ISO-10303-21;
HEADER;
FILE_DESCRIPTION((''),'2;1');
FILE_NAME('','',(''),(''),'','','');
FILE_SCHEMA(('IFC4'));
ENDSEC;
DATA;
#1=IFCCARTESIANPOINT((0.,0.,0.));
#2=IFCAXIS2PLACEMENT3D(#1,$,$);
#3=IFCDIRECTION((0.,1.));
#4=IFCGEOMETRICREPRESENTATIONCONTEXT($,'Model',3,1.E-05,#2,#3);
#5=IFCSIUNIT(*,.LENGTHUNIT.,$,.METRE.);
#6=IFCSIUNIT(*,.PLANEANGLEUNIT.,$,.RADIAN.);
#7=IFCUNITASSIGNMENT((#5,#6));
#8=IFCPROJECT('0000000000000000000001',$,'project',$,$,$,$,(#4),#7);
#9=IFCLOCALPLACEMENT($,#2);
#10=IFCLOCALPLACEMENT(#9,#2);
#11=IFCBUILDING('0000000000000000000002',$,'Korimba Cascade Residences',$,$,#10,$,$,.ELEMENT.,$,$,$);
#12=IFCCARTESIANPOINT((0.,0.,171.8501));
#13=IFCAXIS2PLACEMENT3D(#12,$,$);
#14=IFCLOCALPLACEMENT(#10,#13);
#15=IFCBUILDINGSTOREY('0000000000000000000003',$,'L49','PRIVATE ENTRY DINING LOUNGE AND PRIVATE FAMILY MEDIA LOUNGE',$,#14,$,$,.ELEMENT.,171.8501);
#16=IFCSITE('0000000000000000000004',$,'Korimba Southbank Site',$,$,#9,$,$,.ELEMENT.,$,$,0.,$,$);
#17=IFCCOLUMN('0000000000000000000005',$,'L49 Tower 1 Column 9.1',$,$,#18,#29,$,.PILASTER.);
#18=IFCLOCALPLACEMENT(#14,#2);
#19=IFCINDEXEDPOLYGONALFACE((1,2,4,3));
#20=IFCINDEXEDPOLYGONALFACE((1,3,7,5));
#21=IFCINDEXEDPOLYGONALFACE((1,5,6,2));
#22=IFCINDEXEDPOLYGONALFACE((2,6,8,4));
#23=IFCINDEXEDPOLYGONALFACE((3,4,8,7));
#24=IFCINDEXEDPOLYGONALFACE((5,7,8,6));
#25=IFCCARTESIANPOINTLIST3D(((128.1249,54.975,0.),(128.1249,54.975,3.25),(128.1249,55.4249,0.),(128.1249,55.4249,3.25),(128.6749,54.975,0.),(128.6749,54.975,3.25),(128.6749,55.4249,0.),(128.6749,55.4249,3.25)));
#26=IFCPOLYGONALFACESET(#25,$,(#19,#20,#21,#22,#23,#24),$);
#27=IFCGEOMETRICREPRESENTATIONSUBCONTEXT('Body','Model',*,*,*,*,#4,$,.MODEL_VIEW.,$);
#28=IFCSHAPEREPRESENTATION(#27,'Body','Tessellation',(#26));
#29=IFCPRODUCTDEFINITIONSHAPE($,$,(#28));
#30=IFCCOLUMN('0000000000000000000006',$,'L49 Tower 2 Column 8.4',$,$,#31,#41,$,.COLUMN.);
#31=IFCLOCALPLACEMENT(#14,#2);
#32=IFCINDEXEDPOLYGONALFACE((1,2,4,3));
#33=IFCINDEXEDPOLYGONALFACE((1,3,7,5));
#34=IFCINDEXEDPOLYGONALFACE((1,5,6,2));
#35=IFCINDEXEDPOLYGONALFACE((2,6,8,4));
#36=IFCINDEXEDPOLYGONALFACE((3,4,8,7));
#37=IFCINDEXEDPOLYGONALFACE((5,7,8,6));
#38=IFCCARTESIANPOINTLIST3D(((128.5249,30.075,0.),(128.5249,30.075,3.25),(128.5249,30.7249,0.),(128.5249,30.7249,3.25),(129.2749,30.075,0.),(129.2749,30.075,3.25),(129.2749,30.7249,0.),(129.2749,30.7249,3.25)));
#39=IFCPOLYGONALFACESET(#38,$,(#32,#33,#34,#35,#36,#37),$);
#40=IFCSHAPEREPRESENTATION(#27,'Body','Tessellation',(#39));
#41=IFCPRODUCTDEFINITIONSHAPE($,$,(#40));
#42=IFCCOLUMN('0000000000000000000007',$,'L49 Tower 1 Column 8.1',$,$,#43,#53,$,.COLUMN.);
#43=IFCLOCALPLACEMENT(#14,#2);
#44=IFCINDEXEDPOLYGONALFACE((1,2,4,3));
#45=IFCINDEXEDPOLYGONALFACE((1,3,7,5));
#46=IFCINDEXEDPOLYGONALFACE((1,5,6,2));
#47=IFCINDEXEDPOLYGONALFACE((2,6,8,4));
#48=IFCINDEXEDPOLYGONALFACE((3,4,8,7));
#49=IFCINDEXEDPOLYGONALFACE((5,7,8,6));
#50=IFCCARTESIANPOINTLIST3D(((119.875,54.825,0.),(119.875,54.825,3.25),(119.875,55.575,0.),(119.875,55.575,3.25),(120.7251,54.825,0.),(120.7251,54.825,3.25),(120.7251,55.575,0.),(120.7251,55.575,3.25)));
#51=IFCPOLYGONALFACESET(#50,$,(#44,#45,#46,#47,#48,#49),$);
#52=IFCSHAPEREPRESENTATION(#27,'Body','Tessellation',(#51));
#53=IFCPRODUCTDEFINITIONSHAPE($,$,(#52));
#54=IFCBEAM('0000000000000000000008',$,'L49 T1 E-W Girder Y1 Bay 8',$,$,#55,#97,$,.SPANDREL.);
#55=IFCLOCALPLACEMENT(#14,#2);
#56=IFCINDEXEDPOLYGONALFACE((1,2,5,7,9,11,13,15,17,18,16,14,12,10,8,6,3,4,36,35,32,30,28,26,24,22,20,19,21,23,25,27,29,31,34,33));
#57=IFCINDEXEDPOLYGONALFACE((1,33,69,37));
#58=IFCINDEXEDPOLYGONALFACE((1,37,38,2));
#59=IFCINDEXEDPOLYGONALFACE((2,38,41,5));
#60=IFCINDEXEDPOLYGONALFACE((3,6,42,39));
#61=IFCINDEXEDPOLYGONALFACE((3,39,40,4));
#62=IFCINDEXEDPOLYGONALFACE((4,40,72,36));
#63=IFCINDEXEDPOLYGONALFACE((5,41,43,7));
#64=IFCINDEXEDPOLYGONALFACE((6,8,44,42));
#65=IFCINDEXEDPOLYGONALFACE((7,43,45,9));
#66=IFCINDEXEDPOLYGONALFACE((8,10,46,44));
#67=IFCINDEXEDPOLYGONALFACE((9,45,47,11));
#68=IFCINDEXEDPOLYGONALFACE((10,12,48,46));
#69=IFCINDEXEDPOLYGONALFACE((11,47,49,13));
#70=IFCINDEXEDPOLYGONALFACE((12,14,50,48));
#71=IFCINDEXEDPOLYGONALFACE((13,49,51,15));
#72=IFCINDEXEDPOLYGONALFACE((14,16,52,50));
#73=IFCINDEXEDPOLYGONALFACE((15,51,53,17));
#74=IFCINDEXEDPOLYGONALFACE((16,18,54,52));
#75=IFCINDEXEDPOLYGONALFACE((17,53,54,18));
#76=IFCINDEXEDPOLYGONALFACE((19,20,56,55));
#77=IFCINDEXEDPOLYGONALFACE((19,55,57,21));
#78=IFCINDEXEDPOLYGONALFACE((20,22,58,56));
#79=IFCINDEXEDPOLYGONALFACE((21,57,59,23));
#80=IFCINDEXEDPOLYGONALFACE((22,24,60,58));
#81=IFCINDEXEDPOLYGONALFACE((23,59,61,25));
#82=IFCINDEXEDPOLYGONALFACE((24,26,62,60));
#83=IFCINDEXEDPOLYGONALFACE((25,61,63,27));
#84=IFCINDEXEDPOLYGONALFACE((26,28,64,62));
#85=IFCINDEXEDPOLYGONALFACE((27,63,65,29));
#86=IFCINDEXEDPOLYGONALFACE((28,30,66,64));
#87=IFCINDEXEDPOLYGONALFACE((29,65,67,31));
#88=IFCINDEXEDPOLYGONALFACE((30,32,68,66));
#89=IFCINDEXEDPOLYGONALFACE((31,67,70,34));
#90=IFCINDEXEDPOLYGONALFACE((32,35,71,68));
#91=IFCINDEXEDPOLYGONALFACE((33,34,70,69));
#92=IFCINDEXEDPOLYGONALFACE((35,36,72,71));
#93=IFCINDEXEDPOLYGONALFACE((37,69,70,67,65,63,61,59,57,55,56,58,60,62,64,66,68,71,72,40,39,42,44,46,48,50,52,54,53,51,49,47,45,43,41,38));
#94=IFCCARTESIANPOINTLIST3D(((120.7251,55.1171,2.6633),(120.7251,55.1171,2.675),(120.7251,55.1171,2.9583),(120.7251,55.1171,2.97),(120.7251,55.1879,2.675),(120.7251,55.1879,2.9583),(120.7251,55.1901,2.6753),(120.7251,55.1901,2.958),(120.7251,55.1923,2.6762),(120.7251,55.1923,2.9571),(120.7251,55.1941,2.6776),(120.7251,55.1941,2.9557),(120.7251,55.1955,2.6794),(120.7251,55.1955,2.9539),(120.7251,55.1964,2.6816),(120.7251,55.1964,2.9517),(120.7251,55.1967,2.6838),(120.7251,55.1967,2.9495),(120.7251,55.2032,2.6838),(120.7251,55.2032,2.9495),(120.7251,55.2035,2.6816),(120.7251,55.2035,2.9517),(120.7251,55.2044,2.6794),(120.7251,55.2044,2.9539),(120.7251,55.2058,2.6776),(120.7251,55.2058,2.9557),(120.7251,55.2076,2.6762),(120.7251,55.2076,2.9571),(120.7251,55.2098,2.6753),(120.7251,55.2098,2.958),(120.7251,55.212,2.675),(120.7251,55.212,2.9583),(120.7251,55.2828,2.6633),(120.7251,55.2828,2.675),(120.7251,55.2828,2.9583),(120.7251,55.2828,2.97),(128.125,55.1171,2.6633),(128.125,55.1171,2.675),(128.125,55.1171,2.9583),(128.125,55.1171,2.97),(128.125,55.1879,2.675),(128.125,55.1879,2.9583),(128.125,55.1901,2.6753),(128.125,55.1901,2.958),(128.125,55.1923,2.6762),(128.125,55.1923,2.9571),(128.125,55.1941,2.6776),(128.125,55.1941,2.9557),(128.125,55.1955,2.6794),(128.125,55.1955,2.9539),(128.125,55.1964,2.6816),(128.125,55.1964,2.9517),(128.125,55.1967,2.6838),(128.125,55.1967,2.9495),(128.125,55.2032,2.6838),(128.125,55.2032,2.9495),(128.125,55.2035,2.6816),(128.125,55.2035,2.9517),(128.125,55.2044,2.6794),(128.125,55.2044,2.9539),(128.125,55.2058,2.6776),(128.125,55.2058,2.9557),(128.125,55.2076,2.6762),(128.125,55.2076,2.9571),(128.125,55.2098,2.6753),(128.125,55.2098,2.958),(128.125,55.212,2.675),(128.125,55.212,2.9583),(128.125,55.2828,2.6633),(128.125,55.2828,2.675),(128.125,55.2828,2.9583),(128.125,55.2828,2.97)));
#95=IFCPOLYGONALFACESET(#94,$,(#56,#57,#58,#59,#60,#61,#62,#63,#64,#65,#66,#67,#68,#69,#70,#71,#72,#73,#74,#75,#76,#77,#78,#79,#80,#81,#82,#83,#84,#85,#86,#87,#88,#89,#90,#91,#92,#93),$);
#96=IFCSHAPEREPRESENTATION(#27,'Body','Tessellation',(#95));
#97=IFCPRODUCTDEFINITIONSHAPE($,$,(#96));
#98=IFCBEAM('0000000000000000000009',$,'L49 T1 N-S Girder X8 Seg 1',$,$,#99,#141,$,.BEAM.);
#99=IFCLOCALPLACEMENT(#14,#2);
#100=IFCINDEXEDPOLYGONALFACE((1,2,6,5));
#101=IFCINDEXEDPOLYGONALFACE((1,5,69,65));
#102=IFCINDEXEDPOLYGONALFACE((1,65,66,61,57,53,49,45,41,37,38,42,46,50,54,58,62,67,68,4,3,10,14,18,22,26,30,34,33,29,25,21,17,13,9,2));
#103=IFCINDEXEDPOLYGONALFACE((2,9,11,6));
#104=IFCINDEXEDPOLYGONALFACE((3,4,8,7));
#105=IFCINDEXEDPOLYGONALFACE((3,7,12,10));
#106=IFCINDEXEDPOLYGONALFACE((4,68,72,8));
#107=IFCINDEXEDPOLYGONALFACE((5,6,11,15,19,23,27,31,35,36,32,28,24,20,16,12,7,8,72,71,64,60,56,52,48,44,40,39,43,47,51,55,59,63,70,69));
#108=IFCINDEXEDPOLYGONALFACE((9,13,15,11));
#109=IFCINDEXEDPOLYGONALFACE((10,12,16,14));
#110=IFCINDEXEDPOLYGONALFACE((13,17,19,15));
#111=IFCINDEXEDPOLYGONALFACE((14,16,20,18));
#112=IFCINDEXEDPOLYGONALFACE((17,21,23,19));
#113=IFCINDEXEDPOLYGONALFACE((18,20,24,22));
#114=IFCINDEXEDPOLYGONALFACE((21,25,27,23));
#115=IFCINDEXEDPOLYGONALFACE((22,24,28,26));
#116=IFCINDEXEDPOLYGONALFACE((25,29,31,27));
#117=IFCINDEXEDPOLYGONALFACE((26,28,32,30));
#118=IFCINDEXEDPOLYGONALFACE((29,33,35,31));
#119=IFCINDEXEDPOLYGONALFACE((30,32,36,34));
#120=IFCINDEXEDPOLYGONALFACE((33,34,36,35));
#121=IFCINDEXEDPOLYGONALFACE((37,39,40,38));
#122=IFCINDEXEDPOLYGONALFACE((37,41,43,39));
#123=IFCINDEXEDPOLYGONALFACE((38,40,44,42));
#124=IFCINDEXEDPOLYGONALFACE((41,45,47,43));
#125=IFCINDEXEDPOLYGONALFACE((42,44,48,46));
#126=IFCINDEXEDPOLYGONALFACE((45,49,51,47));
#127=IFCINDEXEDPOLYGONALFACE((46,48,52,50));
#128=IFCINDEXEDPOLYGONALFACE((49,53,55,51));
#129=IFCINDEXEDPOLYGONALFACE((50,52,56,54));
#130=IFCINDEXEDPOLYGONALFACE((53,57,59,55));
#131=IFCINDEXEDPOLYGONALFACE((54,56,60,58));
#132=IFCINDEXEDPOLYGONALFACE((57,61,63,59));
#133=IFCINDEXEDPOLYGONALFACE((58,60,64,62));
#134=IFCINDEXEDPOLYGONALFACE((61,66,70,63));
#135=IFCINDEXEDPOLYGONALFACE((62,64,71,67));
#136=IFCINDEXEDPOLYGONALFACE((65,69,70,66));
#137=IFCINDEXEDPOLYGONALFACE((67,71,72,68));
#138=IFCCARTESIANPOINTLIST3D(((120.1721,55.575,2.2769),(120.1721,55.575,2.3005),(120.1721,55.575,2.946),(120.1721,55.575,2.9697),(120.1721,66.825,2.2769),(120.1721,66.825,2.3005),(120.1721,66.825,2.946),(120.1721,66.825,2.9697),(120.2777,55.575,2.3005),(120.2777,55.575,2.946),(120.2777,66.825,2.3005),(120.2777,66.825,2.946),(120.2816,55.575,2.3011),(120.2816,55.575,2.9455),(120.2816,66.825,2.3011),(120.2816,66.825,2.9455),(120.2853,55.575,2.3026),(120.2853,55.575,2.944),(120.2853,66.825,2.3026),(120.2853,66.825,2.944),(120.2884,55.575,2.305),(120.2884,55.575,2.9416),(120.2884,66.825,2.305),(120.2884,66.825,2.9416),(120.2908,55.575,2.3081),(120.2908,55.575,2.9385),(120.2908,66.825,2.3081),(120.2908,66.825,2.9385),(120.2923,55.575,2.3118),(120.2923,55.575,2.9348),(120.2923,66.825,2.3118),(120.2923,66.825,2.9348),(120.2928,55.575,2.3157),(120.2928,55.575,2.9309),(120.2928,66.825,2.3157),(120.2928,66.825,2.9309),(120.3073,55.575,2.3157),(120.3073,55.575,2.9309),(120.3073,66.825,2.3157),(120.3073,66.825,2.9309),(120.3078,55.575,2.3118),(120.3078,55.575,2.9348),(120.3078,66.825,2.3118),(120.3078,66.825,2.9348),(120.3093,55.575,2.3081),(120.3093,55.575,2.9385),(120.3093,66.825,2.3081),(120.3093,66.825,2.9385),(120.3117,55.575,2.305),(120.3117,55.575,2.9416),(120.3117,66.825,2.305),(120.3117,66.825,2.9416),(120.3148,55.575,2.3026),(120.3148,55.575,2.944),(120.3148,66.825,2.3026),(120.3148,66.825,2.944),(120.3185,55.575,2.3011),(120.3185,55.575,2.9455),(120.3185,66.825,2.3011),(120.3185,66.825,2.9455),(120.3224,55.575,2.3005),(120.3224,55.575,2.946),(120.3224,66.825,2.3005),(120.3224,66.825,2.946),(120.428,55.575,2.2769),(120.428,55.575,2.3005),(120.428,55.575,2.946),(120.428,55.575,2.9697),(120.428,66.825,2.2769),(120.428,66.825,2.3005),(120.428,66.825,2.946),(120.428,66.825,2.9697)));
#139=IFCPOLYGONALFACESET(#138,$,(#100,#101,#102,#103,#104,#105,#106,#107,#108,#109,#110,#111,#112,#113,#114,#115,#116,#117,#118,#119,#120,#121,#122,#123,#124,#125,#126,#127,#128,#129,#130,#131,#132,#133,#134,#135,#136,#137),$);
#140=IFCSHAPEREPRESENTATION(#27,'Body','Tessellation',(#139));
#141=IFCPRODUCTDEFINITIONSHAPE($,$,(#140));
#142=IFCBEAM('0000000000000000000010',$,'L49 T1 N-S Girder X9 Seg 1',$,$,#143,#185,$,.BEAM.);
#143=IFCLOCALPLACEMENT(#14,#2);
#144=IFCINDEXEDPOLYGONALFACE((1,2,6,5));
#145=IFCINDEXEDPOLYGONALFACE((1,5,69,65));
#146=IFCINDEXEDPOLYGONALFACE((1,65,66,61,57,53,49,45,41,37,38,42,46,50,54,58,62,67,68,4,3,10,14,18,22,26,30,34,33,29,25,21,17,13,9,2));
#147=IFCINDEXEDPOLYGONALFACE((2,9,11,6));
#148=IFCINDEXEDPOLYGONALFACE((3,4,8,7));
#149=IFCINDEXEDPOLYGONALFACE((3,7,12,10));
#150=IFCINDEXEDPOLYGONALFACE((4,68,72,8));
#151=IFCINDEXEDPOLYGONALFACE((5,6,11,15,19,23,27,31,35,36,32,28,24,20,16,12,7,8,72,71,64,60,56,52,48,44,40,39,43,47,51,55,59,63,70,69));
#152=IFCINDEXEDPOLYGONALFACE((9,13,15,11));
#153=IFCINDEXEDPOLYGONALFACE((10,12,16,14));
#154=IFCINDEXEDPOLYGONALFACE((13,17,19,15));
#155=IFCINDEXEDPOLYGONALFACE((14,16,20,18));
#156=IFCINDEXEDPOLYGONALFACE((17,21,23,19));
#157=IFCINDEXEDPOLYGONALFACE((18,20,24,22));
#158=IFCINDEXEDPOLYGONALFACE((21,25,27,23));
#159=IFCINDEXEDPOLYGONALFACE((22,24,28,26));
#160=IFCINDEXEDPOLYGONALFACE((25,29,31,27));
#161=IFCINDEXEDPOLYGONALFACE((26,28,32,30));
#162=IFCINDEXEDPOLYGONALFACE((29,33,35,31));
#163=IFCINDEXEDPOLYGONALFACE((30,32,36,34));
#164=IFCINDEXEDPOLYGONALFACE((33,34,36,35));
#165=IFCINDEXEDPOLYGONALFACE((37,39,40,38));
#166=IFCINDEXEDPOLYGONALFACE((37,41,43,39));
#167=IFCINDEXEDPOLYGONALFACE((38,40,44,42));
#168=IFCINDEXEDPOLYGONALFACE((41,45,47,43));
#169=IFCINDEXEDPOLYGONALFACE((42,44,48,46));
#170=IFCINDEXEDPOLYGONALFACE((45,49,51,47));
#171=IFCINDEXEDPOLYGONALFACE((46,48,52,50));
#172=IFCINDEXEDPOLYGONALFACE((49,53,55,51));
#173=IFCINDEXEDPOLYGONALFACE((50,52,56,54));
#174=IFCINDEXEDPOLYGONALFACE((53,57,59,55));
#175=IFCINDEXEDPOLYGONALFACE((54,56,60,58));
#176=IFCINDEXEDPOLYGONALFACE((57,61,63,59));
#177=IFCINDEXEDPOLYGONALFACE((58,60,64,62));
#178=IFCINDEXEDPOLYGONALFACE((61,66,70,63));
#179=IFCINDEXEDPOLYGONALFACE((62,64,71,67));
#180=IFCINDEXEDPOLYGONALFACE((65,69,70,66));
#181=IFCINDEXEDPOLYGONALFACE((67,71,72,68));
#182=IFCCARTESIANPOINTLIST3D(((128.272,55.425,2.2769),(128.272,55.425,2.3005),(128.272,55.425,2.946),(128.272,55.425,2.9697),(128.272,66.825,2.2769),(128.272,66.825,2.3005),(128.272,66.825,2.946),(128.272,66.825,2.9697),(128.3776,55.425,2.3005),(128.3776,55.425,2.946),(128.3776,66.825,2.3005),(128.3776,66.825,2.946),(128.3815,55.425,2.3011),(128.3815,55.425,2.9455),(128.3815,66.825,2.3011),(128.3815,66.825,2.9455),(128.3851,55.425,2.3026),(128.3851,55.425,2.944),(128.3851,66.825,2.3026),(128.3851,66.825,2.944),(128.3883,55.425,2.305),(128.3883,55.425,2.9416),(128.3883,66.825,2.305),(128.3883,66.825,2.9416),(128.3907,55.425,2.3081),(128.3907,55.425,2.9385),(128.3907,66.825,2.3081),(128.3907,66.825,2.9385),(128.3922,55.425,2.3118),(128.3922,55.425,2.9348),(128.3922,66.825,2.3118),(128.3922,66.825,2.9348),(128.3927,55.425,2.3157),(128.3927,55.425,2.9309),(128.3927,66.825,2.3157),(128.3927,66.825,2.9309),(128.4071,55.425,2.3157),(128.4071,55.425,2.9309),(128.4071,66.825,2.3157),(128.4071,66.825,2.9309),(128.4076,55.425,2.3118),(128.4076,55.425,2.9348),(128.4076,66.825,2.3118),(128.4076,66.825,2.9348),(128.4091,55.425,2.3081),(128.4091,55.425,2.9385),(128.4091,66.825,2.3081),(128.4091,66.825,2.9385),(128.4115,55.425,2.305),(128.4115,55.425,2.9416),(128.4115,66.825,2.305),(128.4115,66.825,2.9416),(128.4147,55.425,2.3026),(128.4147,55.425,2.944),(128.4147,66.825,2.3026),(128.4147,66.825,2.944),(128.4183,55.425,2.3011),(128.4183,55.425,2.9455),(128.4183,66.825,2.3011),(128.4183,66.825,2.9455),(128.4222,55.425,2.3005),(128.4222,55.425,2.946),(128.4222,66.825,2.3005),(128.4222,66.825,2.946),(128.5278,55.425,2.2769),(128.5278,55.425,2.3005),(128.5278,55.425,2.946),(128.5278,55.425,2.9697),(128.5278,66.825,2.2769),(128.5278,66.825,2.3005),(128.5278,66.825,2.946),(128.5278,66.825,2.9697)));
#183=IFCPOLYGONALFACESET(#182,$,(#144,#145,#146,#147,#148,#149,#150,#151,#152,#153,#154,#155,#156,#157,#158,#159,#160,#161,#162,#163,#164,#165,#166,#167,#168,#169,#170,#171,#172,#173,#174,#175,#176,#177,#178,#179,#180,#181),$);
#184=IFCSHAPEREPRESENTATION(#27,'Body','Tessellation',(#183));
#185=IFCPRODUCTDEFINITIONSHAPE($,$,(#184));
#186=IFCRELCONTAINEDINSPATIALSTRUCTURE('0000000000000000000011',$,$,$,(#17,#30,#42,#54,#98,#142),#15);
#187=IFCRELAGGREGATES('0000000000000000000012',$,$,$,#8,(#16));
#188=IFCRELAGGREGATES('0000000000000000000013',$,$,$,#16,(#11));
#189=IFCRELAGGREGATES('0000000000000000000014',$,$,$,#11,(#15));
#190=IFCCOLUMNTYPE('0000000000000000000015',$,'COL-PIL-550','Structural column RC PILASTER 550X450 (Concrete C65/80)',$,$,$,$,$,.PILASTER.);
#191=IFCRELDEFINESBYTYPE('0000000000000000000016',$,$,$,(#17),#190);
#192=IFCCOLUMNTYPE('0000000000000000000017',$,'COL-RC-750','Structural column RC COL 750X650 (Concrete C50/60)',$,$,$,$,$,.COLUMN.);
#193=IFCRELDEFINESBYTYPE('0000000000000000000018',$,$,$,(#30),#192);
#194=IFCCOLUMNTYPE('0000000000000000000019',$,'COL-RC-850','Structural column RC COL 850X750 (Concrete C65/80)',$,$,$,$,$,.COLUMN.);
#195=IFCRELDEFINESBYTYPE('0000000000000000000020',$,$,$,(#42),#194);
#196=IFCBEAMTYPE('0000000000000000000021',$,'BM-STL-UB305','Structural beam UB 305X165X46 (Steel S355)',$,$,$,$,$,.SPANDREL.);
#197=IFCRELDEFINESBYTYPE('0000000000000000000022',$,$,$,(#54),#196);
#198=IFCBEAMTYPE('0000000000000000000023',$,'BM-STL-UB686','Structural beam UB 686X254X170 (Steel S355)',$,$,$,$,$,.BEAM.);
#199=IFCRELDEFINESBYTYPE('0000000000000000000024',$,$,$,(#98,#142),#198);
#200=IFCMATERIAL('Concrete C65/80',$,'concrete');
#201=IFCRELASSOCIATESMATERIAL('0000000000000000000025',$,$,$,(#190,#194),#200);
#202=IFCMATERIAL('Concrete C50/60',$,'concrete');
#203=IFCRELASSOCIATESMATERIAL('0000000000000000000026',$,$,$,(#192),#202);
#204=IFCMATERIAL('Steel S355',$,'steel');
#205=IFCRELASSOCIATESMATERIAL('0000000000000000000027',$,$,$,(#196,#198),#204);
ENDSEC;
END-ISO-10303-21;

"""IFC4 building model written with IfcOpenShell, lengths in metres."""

from ifc_helpers import new_model, si_unit, direction, frame, origin, origin_2d, place, context, subcontext, project, spatial, rectangle, i_section, extrude, material, material_profile, profile_set, type_object, element, save


model = new_model("IFC4")

# Units and contexts
model_context = context("Model", 3, precision=1e-05, world=origin(), true_north=direction((0.0, 1.0)))
body_context = subcontext(model_context, "Body", "Model", "MODEL_VIEW")
ifc_project = project(units=[si_unit("LENGTHUNIT", "METRE"), si_unit("PLANEANGLEUNIT", "RADIAN")], contexts=[model_context])

# Site, building, storey
site_placement = place(None, origin())
site = spatial("IfcSite", under=ifc_project, at=site_placement, Name="Korimba Southbank Site", CompositionType="ELEMENT", RefElevation=0.0)
building_placement = place(site_placement, origin())
building = spatial("IfcBuilding", under=site, at=building_placement, Name="Korimba Cascade Residences", CompositionType="ELEMENT")
storey_placement = place(building_placement, frame((0.0, 0.0, 171.8501)))
storey = spatial("IfcBuildingStorey", under=building, at=storey_placement, Name="L49", Description="PRIVATE ENTRY DINING LOUNGE AND PRIVATE FAMILY MEDIA LOUNGE", CompositionType="ELEMENT", Elevation=171.8501)

# Columns
ifc_material_1 = material(Name="Concrete C65/80", Category="concrete")
ifc_material_profile_1 = material_profile(ifc_material_1, rectangle(XDim=0.55, YDim=0.45, at=origin_2d()), Name="Concrete C65/80")
ifc_profile_set_1 = profile_set([ifc_material_profile_1], Name="Concrete C65/80")
column_type_1 = type_object("IfcColumnType", Name="COL-PIL-550", Description="Structural column RC PILASTER 550X450 (Concrete C65/80)", PredefinedType="PILASTER", material=ifc_profile_set_1)
column_1_placement = place(storey_placement, frame((128.3999, 55.2, 0.0), z_axis=(0.0, 0.0, 1.0), x_axis=(1.0, 0.0, 0.0)))
element("IfcColumn", 1, at=column_1_placement, inside=storey, type_object=column_type_1, Name="L49 Tower 1 Column 9.1", PredefinedType="PILASTER", context=body_context, shape_type="SweptSolid", body=[
    extrude(rectangle(XDim=0.55, YDim=0.45, at=origin_2d()), origin(), (0.0, 0.0, 1.0), 3.25),
])
ifc_material_2 = material(Name="Concrete C50/60", Category="concrete")
ifc_material_profile_2 = material_profile(ifc_material_2, rectangle(XDim=0.75, YDim=0.6499, at=origin_2d()), Name="Concrete C50/60")
ifc_profile_set_2 = profile_set([ifc_material_profile_2], Name="Concrete C50/60")
column_type_2 = type_object("IfcColumnType", Name="COL-RC-750", Description="Structural column RC COL 750X650 (Concrete C50/60)", PredefinedType="COLUMN", material=ifc_profile_set_2)
column_2_placement = place(storey_placement, frame((128.8999, 30.3999, 0.0), z_axis=(0.0, 0.0, 1.0), x_axis=(1.0, 0.0, 0.0)))
element("IfcColumn", 2, at=column_2_placement, inside=storey, type_object=column_type_2, Name="L49 Tower 2 Column 8.4", PredefinedType="COLUMN", context=body_context, shape_type="SweptSolid", body=[
    extrude(rectangle(XDim=0.75, YDim=0.6499, at=origin_2d()), origin(), (0.0, 0.0, 1.0), 3.25),
])
ifc_material_profile_3 = material_profile(ifc_material_1, rectangle(XDim=0.8501, YDim=0.75, at=origin_2d()), Name="Concrete C65/80")
ifc_profile_set_3 = profile_set([ifc_material_profile_3], Name="Concrete C65/80")
column_type_3 = type_object("IfcColumnType", Name="COL-RC-850", Description="Structural column RC COL 850X750 (Concrete C65/80)", PredefinedType="COLUMN", material=ifc_profile_set_3)
column_3_placement = place(storey_placement, frame((120.3, 55.2, 0.0), z_axis=(0.0, 0.0, 1.0), x_axis=(1.0, 0.0, 0.0)))
element("IfcColumn", 3, at=column_3_placement, inside=storey, type_object=column_type_3, Name="L49 Tower 1 Column 8.1", PredefinedType="COLUMN", context=body_context, shape_type="SweptSolid", body=[
    extrude(rectangle(XDim=0.8501, YDim=0.75, at=origin_2d()), origin(), (0.0, 0.0, 1.0), 3.25),
])

# Beams
ifc_material_3 = material(Name="Steel S355", Category="steel")
ifc_material_profile_4 = material_profile(ifc_material_3, i_section(OverallWidth=0.1658, OverallDepth=0.3066, WebThickness=0.0066, FlangeThickness=0.0117, FilletRadius=0.0088, at=origin_2d()), Name="Steel S355")
ifc_profile_set_4 = profile_set([ifc_material_profile_4], Name="Steel S355")
beam_type_1 = type_object("IfcBeamType", Name="BM-STL-UB305", Description="Structural beam UB 305X165X46 (Steel S355)", PredefinedType="SPANDREL", material=ifc_profile_set_4)
beam_1_placement = place(storey_placement, frame((120.7251, 55.2, 2.8167), z_axis=(1.0, 0.0, 0.0), x_axis=(0.0, 1.0, 0.0)))
element("IfcBeam", 4, at=beam_1_placement, inside=storey, type_object=beam_type_1, Name="L49 T1 E-W Girder Y1 Bay 8", PredefinedType="SPANDREL", context=body_context, shape_type="SweptSolid", body=[
    extrude(i_section(OverallWidth=0.1658, OverallDepth=0.3066, WebThickness=0.0066, FlangeThickness=0.0117, FilletRadius=0.0088, at=origin_2d()), origin(), (0.0, 0.0, 1.0), 7.3999),
])
ifc_material_profile_5 = material_profile(ifc_material_3, i_section(OverallWidth=0.2559, OverallDepth=0.6929, WebThickness=0.0144, FlangeThickness=0.0237, FilletRadius=0.0151, at=origin_2d()), Name="Steel S355")
ifc_profile_set_5 = profile_set([ifc_material_profile_5], Name="Steel S355")
beam_type_2 = type_object("IfcBeamType", Name="BM-STL-UB686", Description="Structural beam UB 686X254X170 (Steel S355)", PredefinedType="BEAM", material=ifc_profile_set_5)
beam_2_placement = place(storey_placement, frame((120.3, 55.575, 2.6233), z_axis=(0.0, 1.0, 0.0), x_axis=(-1.0, 0.0, 0.0)))
element("IfcBeam", 5, at=beam_2_placement, inside=storey, type_object=beam_type_2, Name="L49 T1 N-S Girder X8 Seg 1", PredefinedType="BEAM", context=body_context, shape_type="SweptSolid", body=[
    extrude(i_section(OverallWidth=0.2559, OverallDepth=0.6929, WebThickness=0.0144, FlangeThickness=0.0237, FilletRadius=0.0151, at=origin_2d()), origin(), (0.0, 0.0, 1.0), 11.25),
])
beam_3_placement = place(storey_placement, frame((128.3999, 55.425, 2.6233), z_axis=(0.0, 1.0, 0.0), x_axis=(-1.0, 0.0, 0.0)))
element("IfcBeam", 6, at=beam_3_placement, inside=storey, type_object=beam_type_2, Name="L49 T1 N-S Girder X9 Seg 1", PredefinedType="BEAM", context=body_context, shape_type="SweptSolid", body=[
    extrude(i_section(OverallWidth=0.2559, OverallDepth=0.6929, WebThickness=0.0144, FlangeThickness=0.0237, FilletRadius=0.0151, at=origin_2d()), origin(), (0.0, 0.0, 1.0), 11.3999),
])

save(model, "model.ifc")
